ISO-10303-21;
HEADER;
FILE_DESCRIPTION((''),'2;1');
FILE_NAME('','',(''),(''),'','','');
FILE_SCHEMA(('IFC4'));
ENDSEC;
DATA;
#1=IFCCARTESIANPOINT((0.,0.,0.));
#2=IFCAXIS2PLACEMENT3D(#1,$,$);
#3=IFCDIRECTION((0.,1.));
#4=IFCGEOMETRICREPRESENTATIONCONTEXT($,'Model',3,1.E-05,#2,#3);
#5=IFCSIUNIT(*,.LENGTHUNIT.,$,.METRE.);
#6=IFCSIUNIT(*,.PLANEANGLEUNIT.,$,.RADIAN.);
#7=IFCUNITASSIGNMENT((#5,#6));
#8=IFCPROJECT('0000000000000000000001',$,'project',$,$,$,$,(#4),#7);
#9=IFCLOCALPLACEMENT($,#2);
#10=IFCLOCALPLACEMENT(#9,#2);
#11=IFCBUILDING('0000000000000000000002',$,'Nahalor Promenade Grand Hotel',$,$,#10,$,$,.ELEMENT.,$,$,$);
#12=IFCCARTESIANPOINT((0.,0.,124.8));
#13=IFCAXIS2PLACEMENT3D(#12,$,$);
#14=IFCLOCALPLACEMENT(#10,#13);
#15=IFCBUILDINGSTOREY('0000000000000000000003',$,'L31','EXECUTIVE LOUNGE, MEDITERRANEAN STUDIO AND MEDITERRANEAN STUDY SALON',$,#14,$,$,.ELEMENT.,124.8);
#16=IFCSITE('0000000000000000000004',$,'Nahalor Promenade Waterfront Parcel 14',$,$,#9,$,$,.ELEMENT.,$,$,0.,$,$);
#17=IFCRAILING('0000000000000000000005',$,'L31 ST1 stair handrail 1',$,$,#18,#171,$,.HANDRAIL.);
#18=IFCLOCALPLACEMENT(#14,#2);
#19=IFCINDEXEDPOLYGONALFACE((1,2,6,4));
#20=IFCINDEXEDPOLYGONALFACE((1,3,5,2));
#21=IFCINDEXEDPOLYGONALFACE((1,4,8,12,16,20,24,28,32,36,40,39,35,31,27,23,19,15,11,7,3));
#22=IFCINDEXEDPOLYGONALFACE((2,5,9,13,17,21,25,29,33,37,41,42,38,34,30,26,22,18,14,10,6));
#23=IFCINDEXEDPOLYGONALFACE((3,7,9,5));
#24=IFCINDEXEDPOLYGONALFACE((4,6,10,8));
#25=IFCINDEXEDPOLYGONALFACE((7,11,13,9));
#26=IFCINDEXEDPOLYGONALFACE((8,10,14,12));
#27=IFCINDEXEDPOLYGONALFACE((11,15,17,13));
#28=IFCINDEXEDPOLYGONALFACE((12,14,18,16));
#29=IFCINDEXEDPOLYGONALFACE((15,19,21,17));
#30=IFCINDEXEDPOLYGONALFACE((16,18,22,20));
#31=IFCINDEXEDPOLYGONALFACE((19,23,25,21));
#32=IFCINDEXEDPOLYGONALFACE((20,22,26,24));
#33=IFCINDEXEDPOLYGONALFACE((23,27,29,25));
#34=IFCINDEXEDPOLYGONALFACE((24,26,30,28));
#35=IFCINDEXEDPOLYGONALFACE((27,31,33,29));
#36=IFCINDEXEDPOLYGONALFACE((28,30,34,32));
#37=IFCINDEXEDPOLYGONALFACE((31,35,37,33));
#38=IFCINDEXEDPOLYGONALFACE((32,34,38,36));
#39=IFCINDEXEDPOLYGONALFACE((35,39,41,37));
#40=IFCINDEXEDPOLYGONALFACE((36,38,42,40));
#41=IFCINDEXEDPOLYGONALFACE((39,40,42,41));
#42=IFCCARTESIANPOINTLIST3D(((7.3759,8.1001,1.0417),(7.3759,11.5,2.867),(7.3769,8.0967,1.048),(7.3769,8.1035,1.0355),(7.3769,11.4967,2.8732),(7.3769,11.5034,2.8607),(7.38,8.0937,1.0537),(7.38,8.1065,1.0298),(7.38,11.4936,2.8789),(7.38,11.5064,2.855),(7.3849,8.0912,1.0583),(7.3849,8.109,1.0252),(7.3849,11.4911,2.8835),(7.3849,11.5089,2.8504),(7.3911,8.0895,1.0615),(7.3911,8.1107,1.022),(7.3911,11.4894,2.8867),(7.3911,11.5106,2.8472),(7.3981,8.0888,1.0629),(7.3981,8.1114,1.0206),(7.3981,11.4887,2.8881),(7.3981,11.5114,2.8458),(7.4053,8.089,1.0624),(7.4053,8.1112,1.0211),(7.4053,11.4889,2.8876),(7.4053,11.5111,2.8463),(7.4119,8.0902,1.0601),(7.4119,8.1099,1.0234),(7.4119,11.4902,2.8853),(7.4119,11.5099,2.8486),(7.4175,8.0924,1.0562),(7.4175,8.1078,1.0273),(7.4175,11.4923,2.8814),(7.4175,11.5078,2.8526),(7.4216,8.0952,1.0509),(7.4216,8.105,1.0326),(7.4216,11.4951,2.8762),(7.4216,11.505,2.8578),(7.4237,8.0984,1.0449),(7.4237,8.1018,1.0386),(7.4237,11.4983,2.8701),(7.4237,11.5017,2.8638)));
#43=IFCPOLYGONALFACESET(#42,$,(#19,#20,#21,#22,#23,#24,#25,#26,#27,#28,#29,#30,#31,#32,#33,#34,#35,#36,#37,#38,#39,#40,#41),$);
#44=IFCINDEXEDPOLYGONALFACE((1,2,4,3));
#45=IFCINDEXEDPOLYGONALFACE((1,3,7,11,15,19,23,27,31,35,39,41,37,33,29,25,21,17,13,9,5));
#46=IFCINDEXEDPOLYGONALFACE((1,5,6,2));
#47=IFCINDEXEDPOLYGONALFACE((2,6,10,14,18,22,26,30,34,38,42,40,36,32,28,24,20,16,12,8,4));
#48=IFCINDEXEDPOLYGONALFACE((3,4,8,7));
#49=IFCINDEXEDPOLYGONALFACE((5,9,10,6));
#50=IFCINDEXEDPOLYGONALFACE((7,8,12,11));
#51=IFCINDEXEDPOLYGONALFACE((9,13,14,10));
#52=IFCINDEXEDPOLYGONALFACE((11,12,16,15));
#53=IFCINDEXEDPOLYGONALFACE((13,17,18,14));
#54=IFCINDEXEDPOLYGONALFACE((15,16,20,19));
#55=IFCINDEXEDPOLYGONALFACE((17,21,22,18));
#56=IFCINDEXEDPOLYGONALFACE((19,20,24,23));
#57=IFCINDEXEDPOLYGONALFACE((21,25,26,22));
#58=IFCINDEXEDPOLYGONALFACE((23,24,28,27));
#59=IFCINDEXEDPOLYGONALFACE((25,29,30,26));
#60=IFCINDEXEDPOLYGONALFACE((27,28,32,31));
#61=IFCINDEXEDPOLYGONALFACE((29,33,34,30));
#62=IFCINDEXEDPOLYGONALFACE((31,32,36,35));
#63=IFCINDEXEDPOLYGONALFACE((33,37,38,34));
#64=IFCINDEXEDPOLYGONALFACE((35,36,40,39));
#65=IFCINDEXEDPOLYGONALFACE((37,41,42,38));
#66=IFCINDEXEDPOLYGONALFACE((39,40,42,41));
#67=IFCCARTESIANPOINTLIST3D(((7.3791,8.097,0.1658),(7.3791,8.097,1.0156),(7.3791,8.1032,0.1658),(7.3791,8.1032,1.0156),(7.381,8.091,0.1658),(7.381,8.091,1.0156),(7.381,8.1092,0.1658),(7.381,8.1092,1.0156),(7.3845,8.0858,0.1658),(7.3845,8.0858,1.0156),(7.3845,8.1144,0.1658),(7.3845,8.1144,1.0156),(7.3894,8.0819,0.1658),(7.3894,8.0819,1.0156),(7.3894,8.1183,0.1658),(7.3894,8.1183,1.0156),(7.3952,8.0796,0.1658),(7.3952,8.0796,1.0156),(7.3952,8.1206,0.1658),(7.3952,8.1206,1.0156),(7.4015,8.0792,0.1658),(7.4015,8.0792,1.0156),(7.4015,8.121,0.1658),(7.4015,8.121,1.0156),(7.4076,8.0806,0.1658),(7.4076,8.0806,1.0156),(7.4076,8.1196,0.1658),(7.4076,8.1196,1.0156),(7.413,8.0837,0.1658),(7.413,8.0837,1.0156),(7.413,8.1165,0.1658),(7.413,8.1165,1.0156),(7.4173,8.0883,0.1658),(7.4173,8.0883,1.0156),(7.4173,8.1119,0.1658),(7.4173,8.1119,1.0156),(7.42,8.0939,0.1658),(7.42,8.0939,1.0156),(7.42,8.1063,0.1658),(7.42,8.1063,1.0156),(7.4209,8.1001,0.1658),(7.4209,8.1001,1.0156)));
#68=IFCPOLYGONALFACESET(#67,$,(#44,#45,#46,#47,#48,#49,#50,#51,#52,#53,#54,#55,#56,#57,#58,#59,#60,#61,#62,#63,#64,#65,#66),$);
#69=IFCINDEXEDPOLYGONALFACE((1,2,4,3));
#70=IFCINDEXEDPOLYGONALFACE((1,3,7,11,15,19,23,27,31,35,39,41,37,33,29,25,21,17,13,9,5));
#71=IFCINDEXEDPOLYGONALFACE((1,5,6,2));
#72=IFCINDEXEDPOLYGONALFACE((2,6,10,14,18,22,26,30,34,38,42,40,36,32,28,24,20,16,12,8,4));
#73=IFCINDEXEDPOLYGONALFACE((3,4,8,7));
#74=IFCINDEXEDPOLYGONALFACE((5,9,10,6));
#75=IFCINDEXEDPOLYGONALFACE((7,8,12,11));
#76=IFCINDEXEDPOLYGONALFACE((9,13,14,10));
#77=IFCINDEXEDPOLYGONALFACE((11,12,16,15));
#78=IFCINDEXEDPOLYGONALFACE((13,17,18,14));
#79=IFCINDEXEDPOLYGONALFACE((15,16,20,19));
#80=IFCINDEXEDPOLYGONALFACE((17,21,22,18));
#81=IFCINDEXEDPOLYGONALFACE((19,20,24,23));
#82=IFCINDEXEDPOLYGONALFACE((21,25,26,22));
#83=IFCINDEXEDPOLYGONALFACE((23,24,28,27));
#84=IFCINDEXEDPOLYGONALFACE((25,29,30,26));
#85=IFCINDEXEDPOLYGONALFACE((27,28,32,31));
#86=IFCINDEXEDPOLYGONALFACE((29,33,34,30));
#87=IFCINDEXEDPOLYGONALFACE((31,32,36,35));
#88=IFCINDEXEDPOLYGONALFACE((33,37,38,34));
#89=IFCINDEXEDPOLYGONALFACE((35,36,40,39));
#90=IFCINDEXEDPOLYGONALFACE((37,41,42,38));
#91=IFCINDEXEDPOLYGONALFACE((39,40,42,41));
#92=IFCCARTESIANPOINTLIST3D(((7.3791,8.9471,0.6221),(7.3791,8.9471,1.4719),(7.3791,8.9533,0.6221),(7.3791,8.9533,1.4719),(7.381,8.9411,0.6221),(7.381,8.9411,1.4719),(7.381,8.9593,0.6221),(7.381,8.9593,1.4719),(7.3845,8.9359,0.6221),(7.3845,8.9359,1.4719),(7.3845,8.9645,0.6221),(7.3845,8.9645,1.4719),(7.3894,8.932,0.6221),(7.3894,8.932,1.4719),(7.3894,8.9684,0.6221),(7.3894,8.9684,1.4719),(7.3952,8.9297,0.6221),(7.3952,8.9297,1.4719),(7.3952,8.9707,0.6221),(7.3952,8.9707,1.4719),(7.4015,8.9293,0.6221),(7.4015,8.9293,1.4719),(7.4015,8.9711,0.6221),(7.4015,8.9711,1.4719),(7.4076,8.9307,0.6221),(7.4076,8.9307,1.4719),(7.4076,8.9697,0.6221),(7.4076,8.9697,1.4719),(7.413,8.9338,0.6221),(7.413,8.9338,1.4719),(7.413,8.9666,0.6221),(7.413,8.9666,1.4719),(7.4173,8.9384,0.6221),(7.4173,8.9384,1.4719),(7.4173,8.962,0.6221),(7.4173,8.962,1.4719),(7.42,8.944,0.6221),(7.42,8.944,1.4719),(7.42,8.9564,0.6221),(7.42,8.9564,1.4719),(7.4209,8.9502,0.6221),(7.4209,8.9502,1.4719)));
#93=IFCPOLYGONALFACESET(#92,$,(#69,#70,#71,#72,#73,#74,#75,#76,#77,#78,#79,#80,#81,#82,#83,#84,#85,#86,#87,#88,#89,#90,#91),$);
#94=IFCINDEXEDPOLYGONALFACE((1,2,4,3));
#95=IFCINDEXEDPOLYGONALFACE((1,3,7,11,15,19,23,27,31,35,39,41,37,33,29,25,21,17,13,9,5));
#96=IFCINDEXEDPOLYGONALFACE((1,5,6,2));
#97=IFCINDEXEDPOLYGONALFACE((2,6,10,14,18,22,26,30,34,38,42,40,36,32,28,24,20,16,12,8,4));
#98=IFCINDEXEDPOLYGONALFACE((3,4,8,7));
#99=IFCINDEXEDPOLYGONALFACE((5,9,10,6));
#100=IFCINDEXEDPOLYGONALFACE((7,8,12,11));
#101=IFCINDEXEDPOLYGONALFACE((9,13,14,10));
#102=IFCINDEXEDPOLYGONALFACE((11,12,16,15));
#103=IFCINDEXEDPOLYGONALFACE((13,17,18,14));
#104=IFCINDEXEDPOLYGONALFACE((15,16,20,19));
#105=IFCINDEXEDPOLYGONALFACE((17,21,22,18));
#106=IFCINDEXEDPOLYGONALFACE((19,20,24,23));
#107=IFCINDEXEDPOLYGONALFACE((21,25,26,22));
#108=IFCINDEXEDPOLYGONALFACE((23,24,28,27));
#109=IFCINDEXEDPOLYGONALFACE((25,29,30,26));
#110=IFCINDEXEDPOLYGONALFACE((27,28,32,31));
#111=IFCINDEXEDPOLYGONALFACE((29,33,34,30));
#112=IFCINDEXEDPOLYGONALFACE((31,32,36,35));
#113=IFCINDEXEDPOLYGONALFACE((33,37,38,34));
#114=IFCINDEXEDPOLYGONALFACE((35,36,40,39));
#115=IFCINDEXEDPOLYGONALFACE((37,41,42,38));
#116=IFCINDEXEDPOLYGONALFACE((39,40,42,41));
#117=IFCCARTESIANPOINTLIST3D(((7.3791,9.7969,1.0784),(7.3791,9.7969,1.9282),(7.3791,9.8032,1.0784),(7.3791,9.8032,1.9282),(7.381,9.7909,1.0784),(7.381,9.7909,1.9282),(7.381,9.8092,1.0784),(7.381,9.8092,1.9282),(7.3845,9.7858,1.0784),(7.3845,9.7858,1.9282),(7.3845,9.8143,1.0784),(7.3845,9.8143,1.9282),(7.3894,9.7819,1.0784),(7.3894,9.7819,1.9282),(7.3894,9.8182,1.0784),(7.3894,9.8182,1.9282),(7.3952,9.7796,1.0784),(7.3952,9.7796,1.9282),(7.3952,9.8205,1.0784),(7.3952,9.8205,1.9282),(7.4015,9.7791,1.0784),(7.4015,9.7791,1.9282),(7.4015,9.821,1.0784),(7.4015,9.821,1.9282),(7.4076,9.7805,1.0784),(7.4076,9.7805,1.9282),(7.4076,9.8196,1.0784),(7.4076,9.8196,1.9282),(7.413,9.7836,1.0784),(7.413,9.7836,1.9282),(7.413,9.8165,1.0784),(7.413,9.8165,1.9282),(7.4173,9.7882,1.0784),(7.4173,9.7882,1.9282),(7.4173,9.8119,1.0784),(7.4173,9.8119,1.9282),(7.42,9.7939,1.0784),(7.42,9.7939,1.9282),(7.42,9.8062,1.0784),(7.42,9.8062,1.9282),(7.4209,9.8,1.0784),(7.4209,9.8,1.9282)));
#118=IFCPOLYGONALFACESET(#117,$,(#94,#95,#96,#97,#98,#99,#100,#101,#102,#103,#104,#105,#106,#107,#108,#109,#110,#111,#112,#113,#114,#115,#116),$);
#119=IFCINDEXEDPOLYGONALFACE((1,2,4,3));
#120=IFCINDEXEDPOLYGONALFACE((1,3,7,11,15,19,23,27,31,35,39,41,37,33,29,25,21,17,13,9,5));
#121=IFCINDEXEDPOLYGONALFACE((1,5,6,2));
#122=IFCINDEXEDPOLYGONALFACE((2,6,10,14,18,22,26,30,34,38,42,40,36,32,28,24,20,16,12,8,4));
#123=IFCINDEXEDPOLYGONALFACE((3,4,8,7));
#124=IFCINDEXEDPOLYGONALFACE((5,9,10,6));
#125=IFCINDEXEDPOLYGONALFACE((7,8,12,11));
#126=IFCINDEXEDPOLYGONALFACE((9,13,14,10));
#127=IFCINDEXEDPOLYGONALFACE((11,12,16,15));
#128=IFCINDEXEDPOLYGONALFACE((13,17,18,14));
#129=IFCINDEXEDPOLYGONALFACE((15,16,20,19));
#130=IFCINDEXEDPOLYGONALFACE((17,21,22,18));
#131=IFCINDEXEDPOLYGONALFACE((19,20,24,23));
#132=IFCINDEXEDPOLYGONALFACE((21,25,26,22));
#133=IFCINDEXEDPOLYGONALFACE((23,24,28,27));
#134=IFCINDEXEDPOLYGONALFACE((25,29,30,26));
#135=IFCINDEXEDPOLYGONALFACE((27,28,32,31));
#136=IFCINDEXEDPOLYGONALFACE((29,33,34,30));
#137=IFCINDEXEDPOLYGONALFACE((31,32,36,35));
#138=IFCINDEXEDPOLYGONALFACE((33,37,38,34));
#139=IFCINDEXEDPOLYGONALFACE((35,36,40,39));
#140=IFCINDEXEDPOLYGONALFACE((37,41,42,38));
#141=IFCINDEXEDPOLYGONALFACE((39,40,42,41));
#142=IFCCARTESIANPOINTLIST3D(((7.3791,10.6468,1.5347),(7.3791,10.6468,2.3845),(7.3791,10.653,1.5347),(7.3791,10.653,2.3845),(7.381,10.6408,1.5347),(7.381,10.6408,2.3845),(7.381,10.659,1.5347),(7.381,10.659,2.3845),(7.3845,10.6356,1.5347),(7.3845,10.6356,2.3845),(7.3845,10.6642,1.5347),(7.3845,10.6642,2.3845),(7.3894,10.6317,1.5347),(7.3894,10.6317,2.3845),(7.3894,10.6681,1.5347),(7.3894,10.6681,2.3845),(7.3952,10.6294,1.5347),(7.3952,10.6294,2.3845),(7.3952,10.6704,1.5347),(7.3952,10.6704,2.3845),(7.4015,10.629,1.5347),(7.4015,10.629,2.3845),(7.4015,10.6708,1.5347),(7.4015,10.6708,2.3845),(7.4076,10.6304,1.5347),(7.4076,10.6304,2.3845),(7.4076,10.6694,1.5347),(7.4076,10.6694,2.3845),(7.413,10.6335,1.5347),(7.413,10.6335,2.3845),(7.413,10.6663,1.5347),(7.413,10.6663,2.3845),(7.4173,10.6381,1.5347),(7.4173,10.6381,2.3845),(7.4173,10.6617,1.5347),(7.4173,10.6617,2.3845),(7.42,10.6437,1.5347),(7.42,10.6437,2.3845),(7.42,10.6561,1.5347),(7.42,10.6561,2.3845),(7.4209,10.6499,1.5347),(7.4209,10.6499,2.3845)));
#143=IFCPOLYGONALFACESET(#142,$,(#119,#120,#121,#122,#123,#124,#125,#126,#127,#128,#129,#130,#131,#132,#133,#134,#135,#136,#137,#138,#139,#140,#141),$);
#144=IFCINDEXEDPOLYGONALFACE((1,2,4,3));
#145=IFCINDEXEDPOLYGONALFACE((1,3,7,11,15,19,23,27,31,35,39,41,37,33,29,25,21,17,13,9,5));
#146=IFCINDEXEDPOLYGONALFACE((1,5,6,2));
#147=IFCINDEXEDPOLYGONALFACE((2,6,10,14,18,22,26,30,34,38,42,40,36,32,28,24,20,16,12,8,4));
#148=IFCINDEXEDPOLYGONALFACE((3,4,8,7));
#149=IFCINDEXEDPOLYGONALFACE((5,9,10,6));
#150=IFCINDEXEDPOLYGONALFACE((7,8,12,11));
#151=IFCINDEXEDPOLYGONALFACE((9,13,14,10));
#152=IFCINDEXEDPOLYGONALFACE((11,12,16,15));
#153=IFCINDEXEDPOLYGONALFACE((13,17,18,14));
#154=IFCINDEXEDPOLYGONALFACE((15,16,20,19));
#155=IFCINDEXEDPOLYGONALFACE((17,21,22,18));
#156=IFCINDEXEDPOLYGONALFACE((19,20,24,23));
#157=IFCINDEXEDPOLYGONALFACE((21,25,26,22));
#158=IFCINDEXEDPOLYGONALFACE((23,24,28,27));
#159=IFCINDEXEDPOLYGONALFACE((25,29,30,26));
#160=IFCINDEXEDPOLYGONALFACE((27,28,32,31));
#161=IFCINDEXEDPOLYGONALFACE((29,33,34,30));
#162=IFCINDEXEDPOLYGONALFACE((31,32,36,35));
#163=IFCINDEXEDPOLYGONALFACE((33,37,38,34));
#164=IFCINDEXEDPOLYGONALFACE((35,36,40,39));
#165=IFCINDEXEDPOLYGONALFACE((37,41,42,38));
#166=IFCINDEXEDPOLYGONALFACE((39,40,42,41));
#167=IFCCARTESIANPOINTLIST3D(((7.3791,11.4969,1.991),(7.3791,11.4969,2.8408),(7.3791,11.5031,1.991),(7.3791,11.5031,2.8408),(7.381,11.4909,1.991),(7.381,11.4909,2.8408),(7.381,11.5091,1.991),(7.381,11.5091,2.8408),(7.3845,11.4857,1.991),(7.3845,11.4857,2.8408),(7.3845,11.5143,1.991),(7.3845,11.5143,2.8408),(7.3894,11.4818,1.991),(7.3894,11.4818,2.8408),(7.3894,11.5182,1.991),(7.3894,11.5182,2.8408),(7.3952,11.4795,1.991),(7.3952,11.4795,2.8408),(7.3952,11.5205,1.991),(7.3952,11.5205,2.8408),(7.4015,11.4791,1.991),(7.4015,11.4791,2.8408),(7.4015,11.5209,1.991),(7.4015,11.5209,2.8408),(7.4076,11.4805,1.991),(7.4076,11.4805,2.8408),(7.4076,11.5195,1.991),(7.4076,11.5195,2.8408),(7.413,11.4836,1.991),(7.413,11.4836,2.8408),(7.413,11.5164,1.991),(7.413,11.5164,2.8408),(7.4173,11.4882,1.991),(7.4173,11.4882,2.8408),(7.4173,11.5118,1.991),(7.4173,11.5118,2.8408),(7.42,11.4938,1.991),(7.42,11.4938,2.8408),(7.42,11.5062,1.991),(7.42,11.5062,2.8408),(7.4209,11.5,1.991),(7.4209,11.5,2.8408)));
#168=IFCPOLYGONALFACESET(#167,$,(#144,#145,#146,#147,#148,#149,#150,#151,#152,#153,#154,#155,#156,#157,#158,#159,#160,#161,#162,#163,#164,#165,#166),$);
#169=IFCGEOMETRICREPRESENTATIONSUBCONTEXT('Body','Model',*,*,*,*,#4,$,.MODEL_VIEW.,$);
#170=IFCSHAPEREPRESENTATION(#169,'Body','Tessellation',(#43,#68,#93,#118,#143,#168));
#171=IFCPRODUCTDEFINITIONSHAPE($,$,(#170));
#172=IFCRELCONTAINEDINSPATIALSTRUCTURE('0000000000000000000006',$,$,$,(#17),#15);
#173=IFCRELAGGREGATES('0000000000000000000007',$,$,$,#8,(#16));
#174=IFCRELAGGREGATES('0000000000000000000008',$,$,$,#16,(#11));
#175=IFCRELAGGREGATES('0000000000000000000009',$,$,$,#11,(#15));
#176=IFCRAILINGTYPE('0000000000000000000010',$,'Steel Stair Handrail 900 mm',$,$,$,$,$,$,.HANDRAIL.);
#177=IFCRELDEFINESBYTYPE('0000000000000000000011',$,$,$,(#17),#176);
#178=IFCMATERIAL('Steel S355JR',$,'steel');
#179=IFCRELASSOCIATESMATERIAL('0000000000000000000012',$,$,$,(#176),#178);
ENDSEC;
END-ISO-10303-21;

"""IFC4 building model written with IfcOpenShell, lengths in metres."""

from ifc_helpers import new_model, si_unit, direction, frame, origin, origin_2d, place, context, subcontext, project, spatial, circle, extrude, material, type_object, element, save


model = new_model("IFC4")

# Units and contexts
model_context = context("Model", 3, precision=1e-05, world=origin(), true_north=direction((0.0, 1.0)))
body_context = subcontext(model_context, "Body", "Model", "MODEL_VIEW")
ifc_project = project(units=[si_unit("LENGTHUNIT", "METRE"), si_unit("PLANEANGLEUNIT", "RADIAN")], contexts=[model_context])

# Site, building, storey
site_placement = place(None, origin())
site = spatial("IfcSite", under=ifc_project, at=site_placement, Name="Nahalor Promenade Waterfront Parcel 14", CompositionType="ELEMENT", RefElevation=0.0)
building_placement = place(site_placement, origin())
building = spatial("IfcBuilding", under=site, at=building_placement, Name="Nahalor Promenade Grand Hotel", CompositionType="ELEMENT")
storey_placement = place(building_placement, frame((0.0, 0.0, 124.8)))
storey = spatial("IfcBuildingStorey", under=building, at=storey_placement, Name="L31", Description="EXECUTIVE LOUNGE, MEDITERRANEAN STUDIO AND MEDITERRANEAN STUDY SALON", CompositionType="ELEMENT", Elevation=124.8)

# Shared definitions
ifc_material_1 = material(Name="Steel S355JR", Category="steel")

# Railing
railing_type_1 = type_object("IfcRailingType", Name="Steel Stair Handrail 900 mm", PredefinedType="HANDRAIL", material=ifc_material_1)
railing_1_placement = place(storey_placement, frame((7.3999, 8.1001, 0.1658)))
element("IfcRailing", 1, at=railing_1_placement, inside=storey, type_object=railing_type_1, Name="L31 ST1 stair handrail 1", PredefinedType="HANDRAIL", context=body_context, shape_type="SweptSolid", body=[
    extrude(circle(Radius=0.024, at=origin_2d()), frame((0.0, 0.0, 0.876), z_axis=(0.0, 0.881068, 0.47299), x_axis=(-1.0, 0.0, 0.0)), (0.0, 0.0, 1.0), 3.8589),
    extrude(circle(Radius=0.021, at=origin_2d()), origin(), (0.0, 0.0, 1.0), 0.8499),
    extrude(circle(Radius=0.021, at=origin_2d()), frame((0.0, 0.8501, 0.4563)), (0.0, 0.0, 1.0), 0.8499),
    extrude(circle(Radius=0.021, at=origin_2d()), frame((0.0, 1.7, 0.9126)), (0.0, 0.0, 1.0), 0.8499),
    extrude(circle(Radius=0.021, at=origin_2d()), frame((0.0, 2.5498, 1.3689)), (0.0, 0.0, 1.0), 0.8499),
    extrude(circle(Radius=0.021, at=origin_2d()), frame((0.0, 3.3999, 1.8252)), (0.0, 0.0, 1.0), 0.8499),
])

save(model, "model.ifc")
